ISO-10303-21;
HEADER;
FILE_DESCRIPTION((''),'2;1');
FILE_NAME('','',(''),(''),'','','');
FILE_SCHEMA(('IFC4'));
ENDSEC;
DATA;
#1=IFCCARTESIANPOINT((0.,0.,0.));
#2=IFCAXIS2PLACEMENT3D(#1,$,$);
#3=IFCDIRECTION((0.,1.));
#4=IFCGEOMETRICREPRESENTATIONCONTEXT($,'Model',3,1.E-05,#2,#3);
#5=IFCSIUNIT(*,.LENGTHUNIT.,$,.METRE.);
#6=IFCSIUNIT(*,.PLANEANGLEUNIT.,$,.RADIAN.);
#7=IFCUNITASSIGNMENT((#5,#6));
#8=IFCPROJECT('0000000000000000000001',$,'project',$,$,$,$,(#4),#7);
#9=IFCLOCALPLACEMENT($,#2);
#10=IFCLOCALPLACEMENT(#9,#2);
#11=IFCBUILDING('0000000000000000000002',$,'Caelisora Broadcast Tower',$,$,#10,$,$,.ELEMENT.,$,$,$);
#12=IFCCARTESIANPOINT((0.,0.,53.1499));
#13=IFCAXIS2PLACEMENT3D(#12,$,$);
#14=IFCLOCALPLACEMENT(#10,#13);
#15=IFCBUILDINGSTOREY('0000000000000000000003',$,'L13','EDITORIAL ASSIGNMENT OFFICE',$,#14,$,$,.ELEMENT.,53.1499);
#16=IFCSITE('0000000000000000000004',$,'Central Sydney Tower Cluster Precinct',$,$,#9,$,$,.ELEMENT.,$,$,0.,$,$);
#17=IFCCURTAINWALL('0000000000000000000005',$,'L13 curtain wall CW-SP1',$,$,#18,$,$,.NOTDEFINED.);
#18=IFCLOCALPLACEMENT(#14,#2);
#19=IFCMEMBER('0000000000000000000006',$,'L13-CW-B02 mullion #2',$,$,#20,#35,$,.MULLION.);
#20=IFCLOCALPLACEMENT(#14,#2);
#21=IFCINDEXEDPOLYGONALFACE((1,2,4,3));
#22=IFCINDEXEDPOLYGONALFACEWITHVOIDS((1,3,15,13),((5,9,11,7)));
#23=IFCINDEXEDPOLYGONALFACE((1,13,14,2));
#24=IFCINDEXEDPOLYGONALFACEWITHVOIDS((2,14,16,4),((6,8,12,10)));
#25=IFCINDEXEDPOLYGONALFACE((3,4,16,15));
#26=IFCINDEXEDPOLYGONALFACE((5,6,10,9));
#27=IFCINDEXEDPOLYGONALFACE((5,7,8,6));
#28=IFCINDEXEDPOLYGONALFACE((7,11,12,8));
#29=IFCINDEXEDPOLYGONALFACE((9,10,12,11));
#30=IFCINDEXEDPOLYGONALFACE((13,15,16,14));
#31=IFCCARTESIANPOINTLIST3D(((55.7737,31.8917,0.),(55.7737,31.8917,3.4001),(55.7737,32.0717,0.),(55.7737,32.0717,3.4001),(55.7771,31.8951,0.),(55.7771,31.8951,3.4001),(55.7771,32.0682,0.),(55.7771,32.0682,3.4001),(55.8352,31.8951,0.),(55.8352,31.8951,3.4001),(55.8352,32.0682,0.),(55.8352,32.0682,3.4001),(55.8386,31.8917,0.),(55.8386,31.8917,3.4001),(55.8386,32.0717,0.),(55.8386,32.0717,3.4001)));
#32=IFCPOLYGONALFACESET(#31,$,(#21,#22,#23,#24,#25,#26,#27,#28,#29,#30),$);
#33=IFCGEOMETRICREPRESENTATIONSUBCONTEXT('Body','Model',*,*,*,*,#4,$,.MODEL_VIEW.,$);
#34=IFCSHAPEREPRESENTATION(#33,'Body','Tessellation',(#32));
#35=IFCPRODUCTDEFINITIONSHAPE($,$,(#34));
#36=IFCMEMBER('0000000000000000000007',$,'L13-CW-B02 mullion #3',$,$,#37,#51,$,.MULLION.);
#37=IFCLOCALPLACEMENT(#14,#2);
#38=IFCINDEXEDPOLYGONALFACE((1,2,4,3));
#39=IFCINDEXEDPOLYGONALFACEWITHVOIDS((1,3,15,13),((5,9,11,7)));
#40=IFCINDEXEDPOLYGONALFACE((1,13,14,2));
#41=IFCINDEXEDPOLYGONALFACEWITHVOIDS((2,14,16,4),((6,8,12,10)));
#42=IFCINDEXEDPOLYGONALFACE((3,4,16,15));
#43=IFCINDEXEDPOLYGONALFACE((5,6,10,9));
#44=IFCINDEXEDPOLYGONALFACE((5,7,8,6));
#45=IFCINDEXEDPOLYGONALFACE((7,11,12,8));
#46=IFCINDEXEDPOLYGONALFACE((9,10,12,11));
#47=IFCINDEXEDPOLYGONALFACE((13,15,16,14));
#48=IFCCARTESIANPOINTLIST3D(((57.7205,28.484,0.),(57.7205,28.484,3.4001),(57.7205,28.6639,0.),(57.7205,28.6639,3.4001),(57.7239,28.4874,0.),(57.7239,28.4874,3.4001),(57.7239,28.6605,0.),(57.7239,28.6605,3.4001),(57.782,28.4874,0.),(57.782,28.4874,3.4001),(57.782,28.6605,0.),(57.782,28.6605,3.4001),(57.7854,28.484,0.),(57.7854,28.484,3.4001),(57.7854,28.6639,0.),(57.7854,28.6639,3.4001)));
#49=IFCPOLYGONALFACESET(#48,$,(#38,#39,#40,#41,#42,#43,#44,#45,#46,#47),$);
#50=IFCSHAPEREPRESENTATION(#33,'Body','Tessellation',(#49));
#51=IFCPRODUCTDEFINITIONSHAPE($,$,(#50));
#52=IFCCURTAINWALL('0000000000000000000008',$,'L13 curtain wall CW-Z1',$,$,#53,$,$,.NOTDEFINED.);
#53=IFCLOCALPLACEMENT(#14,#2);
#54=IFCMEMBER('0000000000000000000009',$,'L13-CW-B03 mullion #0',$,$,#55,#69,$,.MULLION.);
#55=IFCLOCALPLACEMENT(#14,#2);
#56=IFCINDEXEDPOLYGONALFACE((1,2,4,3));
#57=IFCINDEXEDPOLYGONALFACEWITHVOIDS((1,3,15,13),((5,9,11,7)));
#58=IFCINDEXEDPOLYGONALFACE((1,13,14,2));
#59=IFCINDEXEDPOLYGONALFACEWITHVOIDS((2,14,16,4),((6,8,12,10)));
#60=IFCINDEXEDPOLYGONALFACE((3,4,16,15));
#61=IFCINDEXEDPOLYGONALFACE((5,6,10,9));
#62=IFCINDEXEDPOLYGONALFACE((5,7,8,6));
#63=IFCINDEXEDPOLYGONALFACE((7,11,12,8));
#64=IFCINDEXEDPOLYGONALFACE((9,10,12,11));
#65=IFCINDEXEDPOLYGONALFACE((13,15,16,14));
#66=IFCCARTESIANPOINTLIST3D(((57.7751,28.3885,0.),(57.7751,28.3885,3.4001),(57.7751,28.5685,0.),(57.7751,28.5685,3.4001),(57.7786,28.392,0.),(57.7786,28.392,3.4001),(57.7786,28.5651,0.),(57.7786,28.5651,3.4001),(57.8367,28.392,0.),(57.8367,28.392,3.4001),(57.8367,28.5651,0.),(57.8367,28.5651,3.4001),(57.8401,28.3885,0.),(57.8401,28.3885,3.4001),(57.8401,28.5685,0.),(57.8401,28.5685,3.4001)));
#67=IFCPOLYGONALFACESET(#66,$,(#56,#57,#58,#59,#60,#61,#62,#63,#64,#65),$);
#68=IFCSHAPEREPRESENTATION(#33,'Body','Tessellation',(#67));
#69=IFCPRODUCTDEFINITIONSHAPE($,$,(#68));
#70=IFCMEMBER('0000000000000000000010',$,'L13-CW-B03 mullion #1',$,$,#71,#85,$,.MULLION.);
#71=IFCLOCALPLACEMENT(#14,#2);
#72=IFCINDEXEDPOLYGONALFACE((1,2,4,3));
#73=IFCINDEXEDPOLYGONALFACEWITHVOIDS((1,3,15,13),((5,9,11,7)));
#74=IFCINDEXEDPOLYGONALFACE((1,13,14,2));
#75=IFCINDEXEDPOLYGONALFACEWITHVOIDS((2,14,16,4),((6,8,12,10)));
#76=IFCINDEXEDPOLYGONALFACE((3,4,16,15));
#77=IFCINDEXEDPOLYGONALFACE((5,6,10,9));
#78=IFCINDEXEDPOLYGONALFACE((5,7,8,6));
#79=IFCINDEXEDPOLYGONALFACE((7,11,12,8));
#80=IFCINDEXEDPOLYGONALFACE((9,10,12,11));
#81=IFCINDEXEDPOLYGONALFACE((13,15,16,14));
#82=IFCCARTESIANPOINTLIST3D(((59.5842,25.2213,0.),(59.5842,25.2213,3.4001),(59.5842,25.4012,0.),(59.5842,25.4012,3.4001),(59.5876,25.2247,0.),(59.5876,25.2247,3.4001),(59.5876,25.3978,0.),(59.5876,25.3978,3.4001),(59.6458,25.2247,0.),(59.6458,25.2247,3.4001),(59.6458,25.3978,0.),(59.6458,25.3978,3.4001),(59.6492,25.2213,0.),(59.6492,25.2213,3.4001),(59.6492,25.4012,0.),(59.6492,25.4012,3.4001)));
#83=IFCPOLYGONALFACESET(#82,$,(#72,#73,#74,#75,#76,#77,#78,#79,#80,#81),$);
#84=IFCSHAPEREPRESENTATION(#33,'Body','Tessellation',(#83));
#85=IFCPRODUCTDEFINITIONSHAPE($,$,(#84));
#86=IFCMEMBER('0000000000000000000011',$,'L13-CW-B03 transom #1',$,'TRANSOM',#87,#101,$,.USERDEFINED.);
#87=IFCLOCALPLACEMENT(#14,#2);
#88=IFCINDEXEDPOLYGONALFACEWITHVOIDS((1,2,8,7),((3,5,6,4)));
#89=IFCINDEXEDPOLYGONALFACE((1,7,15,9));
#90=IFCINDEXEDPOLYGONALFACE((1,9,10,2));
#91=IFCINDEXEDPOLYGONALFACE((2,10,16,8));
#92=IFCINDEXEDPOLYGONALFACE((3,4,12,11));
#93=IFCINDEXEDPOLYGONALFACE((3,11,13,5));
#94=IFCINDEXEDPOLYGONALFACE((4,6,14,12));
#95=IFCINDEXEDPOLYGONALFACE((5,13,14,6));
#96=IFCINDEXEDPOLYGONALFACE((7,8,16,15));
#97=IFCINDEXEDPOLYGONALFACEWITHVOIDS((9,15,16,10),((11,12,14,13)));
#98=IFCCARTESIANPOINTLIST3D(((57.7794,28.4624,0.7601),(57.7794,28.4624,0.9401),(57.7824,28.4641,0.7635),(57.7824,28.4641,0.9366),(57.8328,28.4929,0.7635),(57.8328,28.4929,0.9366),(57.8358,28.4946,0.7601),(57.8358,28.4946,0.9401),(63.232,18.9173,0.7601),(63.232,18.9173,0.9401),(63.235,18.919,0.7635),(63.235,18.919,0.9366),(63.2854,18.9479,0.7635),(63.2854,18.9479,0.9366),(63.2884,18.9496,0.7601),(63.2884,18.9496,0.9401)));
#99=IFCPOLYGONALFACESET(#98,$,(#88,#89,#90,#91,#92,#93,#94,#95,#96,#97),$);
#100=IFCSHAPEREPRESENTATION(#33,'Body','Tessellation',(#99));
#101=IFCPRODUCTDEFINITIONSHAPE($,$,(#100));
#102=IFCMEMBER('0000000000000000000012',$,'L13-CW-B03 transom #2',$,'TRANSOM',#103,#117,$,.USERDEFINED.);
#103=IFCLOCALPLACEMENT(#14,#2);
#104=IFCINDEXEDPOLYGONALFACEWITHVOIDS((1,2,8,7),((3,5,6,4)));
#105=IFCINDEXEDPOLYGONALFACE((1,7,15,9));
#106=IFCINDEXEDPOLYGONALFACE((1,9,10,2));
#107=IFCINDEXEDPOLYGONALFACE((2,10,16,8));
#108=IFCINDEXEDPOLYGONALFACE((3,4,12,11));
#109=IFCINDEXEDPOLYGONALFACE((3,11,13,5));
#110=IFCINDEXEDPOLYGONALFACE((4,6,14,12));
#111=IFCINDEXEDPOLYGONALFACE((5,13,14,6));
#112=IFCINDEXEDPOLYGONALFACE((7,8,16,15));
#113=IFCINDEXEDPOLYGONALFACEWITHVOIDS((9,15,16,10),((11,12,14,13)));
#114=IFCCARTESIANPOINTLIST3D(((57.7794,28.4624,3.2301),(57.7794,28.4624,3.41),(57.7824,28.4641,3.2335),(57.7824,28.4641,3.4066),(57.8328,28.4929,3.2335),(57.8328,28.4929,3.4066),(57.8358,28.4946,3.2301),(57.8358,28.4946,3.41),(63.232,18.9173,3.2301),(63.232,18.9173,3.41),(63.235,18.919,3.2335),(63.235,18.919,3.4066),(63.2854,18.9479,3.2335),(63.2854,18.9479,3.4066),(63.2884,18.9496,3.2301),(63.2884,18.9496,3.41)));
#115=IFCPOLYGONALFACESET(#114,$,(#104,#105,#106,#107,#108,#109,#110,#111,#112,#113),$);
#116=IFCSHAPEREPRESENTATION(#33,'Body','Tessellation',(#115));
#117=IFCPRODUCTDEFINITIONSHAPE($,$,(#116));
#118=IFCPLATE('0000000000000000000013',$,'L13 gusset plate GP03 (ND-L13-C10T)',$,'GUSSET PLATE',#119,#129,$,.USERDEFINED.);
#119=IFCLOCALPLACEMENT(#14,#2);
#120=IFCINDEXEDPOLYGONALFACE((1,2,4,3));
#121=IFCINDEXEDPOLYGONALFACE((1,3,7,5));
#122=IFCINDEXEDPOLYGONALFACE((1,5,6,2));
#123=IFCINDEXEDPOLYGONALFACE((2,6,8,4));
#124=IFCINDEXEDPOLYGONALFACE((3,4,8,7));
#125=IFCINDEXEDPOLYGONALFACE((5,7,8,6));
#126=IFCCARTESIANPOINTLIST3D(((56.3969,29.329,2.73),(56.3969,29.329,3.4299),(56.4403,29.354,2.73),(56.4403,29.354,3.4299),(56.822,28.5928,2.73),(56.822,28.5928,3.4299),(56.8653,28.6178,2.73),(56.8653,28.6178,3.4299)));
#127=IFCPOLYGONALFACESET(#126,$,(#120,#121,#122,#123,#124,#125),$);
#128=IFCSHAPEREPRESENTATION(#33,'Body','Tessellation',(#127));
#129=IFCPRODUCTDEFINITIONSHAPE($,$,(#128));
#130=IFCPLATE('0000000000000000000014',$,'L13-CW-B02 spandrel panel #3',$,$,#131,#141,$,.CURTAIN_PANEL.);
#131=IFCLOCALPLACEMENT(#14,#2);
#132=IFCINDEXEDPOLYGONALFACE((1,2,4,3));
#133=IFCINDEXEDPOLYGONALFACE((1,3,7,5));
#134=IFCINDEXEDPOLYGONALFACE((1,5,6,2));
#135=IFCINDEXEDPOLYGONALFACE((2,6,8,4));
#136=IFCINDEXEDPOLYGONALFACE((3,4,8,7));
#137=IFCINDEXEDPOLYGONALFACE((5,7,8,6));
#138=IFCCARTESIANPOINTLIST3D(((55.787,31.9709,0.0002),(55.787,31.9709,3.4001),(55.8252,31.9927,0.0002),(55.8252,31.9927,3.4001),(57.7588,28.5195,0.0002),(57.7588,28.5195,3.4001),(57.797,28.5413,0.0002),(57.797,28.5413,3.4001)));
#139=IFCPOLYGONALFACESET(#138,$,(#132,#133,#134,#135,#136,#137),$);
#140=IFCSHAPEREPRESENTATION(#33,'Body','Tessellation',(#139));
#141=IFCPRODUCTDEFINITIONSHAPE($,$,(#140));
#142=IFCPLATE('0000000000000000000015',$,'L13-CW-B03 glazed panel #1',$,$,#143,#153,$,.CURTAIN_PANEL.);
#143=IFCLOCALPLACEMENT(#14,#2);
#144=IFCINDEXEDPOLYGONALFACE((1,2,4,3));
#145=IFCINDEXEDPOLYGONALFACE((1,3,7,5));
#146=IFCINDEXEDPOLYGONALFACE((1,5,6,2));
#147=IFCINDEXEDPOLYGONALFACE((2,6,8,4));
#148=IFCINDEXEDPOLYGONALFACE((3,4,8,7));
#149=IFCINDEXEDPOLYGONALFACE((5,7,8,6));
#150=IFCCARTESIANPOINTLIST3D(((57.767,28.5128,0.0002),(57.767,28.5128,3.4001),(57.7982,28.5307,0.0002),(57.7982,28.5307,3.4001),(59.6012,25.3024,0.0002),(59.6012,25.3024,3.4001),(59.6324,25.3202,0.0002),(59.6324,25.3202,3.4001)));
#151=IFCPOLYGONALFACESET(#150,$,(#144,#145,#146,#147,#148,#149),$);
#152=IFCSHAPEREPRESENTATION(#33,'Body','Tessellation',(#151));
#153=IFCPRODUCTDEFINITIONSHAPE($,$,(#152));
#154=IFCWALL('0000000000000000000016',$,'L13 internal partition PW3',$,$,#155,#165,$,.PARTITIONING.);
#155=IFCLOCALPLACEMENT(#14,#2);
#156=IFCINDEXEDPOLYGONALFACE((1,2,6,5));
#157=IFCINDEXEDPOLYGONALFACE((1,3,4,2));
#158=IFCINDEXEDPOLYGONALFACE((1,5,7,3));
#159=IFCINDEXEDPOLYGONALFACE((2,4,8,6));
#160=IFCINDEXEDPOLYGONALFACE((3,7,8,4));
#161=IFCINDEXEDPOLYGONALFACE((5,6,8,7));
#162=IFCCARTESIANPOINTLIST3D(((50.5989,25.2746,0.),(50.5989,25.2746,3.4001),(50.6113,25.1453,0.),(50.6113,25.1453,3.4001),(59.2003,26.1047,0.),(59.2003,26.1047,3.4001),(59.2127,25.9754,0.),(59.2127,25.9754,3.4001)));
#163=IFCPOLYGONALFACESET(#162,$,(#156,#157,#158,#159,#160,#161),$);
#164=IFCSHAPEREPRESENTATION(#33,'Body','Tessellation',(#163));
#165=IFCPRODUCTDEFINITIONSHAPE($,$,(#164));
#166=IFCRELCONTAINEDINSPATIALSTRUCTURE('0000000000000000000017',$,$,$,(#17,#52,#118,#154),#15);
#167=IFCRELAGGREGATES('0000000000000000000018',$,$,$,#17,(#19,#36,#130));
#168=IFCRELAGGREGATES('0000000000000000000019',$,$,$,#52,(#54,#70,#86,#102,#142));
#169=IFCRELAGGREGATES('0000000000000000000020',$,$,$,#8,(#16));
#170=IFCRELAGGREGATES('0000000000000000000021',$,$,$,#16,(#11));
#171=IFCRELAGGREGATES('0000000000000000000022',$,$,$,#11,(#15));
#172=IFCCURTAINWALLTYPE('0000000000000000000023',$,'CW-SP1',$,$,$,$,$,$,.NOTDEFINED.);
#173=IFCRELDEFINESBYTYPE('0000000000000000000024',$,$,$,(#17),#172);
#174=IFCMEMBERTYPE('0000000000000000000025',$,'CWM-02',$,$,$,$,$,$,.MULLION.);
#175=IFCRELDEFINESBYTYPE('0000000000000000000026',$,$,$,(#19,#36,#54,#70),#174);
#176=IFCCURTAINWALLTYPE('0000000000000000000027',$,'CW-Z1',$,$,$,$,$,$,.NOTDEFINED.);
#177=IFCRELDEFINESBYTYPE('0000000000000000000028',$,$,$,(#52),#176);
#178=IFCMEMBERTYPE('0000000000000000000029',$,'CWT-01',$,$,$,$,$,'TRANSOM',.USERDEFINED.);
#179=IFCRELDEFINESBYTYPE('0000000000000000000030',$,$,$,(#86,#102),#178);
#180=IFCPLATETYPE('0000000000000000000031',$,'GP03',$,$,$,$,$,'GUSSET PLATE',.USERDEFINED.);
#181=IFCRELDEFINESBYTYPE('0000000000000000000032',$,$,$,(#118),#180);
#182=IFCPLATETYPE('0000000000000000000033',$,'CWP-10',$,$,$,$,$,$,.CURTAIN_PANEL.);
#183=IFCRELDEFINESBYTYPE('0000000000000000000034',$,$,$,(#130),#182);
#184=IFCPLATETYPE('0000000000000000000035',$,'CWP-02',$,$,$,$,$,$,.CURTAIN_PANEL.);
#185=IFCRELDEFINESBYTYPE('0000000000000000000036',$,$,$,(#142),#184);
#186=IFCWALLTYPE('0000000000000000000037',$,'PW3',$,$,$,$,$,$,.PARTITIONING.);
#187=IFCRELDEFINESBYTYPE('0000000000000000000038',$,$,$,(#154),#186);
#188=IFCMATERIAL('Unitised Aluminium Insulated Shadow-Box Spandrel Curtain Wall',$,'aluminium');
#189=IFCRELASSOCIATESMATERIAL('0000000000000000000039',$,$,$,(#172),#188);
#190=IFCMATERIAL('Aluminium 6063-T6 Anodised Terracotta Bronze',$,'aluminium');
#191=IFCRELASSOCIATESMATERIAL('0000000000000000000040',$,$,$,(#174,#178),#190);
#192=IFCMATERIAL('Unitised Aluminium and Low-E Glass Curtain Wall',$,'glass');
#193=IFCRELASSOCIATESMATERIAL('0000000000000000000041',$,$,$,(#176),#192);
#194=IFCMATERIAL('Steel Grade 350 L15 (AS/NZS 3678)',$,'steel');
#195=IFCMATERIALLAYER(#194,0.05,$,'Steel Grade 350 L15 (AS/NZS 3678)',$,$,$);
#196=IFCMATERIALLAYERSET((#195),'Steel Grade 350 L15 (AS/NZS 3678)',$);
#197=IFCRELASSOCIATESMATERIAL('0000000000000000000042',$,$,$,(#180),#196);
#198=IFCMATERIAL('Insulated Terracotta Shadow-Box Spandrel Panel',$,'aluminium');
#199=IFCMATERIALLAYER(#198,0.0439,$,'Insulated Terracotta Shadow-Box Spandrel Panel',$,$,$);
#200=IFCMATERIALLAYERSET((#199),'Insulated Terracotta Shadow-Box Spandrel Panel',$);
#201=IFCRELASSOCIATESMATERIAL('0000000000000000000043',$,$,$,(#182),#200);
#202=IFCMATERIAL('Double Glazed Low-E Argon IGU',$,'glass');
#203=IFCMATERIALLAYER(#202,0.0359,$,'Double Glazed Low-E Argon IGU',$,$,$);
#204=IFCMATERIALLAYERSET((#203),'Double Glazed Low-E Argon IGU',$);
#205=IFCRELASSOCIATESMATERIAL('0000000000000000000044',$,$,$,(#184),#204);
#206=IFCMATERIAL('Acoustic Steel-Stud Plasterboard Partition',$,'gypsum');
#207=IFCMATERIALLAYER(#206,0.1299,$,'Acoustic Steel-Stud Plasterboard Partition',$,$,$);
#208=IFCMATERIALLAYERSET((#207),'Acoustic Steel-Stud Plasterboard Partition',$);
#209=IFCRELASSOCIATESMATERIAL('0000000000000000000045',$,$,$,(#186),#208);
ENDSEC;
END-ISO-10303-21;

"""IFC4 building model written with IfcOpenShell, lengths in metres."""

from ifc_helpers import new_model, si_unit, direction, frame, frame_2d, origin, origin_2d, place, context, subcontext, project, spatial, rectangle, hollow_rectangle, extrude, source, transform, mapped, material, layer, layer_set, material_profile, profile_set, type_object, type_shapes, element, aggregate, save


model = new_model("IFC4")

# Units and contexts
model_context = context("Model", 3, precision=1e-05, world=origin(), true_north=direction((0.0, 1.0)))
body_context = subcontext(model_context, "Body", "Model", "MODEL_VIEW")
ifc_project = project(units=[si_unit("LENGTHUNIT", "METRE"), si_unit("PLANEANGLEUNIT", "RADIAN")], contexts=[model_context])

# Site, building, storey
site_placement = place(None, origin())
site = spatial("IfcSite", under=ifc_project, at=site_placement, Name="Central Sydney Tower Cluster Precinct", CompositionType="ELEMENT", RefElevation=0.0)
building_placement = place(site_placement, origin())
building = spatial("IfcBuilding", under=site, at=building_placement, Name="Caelisora Broadcast Tower", CompositionType="ELEMENT")
storey_placement = place(building_placement, frame((0.0, 0.0, 53.1499)))
storey = spatial("IfcBuildingStorey", under=building, at=storey_placement, Name="L13", Description="EDITORIAL ASSIGNMENT OFFICE", CompositionType="ELEMENT", Elevation=53.1499)

# Shared definitions
ifc_material_1 = material(Name="Steel Grade 350 L15 (AS/NZS 3678)", Category="steel")

# Curtain walls, members
ifc_material_2 = material(Name="Unitised Aluminium Insulated Shadow-Box Spandrel Curtain Wall", Category="aluminium")
curtain_wall_type_1 = type_object("IfcCurtainWallType", Name="CW-SP1", PredefinedType="NOTDEFINED", material=ifc_material_2)
curtain_wall_1_placement = place(storey_placement, origin())
curtain_wall_1 = element("IfcCurtainWall", 1, at=curtain_wall_1_placement, inside=storey, type_object=curtain_wall_type_1, Name="L13 curtain wall CW-SP1", PredefinedType="NOTDEFINED")
ifc_material_3 = material(Name="Aluminium 6063-T6 Anodised Terracotta Bronze", Category="aluminium")
ifc_material_profile_1 = material_profile(ifc_material_3, hollow_rectangle(XDim=0.0649, YDim=0.1799, WallThickness=0.0034, at=origin_2d()), Name="Aluminium 6063-T6 Anodised Terracotta Bronze")
ifc_profile_set_1 = profile_set([ifc_material_profile_1], Name="Aluminium 6063-T6 Anodised Terracotta Bronze")
member_type_1 = type_object("IfcMemberType", Name="CWM-02", PredefinedType="MULLION", material=ifc_profile_set_1)
shared_shape_1 = source(origin(), body_context, "Body", "SweptSolid", [
    extrude(hollow_rectangle(XDim=0.0649, YDim=0.1799, WallThickness=0.0034, at=origin_2d()), origin(), (0.0, 0.0, 1.0), 3.4001),
])
type_shapes(member_type_1, [shared_shape_1])
member_1_placement = place(storey_placement, frame((55.8062, 31.9817, 0.0), z_axis=(0.0, 0.0, 1.0), x_axis=(1.0, 0.0, 0.0)))
member_1 = element("IfcMember", 2, at=member_1_placement, type_object=member_type_1, Name="L13-CW-B02 mullion #2", PredefinedType="MULLION", context=body_context, shape_type="MappedRepresentation", body=[
    mapped(shared_shape_1, transform((0.0, 0.0, 0.0), scale=1.0)),
])
member_2_placement = place(storey_placement, frame((57.7529, 28.574, 0.0), z_axis=(0.0, 0.0, 1.0), x_axis=(1.0, 0.0, 0.0)))
member_2 = element("IfcMember", 3, at=member_2_placement, type_object=member_type_1, Name="L13-CW-B02 mullion #3", PredefinedType="MULLION", context=body_context, shape_type="MappedRepresentation", body=[
    mapped(shared_shape_1, transform((0.0, 0.0, 0.0), scale=1.0)),
])
ifc_material_4 = material(Name="Unitised Aluminium and Low-E Glass Curtain Wall", Category="glass")
curtain_wall_type_2 = type_object("IfcCurtainWallType", Name="CW-Z1", PredefinedType="NOTDEFINED", material=ifc_material_4)
curtain_wall_2_placement = place(storey_placement, origin())
curtain_wall_2 = element("IfcCurtainWall", 4, at=curtain_wall_2_placement, inside=storey, type_object=curtain_wall_type_2, Name="L13 curtain wall CW-Z1", PredefinedType="NOTDEFINED")
member_3_placement = place(storey_placement, frame((57.8076, 28.4785, 0.0), z_axis=(0.0, 0.0, 1.0), x_axis=(1.0, 0.0, 0.0)))
member_3 = element("IfcMember", 5, at=member_3_placement, type_object=member_type_1, Name="L13-CW-B03 mullion #0", PredefinedType="MULLION", context=body_context, shape_type="MappedRepresentation", body=[
    mapped(shared_shape_1, transform((0.0, 0.0, 0.0), scale=1.0)),
])
member_4_placement = place(storey_placement, frame((59.6167, 25.3113, 0.0), z_axis=(0.0, 0.0, 1.0), x_axis=(1.0, 0.0, 0.0)))
member_4 = element("IfcMember", 6, at=member_4_placement, type_object=member_type_1, Name="L13-CW-B03 mullion #1", PredefinedType="MULLION", context=body_context, shape_type="MappedRepresentation", body=[
    mapped(shared_shape_1, transform((0.0, 0.0, 0.0), scale=1.0)),
])
ifc_material_profile_2 = material_profile(ifc_material_3, hollow_rectangle(XDim=0.0649, YDim=0.1799, WallThickness=0.0034, at=origin_2d()), Name="Aluminium 6063-T6 Anodised Terracotta Bronze")
ifc_profile_set_2 = profile_set([ifc_material_profile_2], Name="Aluminium 6063-T6 Anodised Terracotta Bronze")
member_type_2 = type_object("IfcMemberType", Name="CWT-01", ElementType="TRANSOM", PredefinedType="USERDEFINED", material=ifc_profile_set_2)
shared_shape_2 = source(origin(), body_context, "Body", "SweptSolid", [
    extrude(hollow_rectangle(XDim=0.0649, YDim=0.1799, WallThickness=0.0034, at=origin_2d()), origin(), (0.0, 0.0, 1.0), 10.9927),
])
type_shapes(member_type_2, [shared_shape_2])
member_5_placement = place(storey_placement, frame((57.8076, 28.4785, 0.8501), z_axis=(0.496019, -0.868311, 0.0), x_axis=(0.868311, 0.496019, 0.0)))
member_5 = element("IfcMember", 7, at=member_5_placement, type_object=member_type_2, Name="L13-CW-B03 transom #1", ObjectType="TRANSOM", PredefinedType="USERDEFINED", context=body_context, shape_type="MappedRepresentation", body=[
    mapped(shared_shape_2, transform((0.0, 0.0, 0.0), scale=1.0)),
])
member_6_placement = place(storey_placement, frame((57.8076, 28.4785, 3.3201), z_axis=(0.496019, -0.868311, 0.0), x_axis=(0.868311, 0.496019, 0.0)))
member_6 = element("IfcMember", 8, at=member_6_placement, type_object=member_type_2, Name="L13-CW-B03 transom #2", ObjectType="TRANSOM", PredefinedType="USERDEFINED", context=body_context, shape_type="MappedRepresentation", body=[
    mapped(shared_shape_2, transform((0.0, 0.0, 0.0), scale=1.0)),
])

# Plates
ifc_layer_1 = layer(ifc_material_1, 0.05, Name="Steel Grade 350 L15 (AS/NZS 3678)")
ifc_layer_set_1 = layer_set([ifc_layer_1], Name="Steel Grade 350 L15 (AS/NZS 3678)")
plate_type_1 = type_object("IfcPlateType", Name="GP03", ElementType="GUSSET PLATE", PredefinedType="USERDEFINED", material=ifc_layer_set_1)
shared_shape_3 = source(origin(), body_context, "Body", "SweptSolid", [
    extrude(rectangle(XDim=0.8501, YDim=0.05, at=origin_2d()), origin(), (0.0, 0.0, 1.0), 0.7),
])
type_shapes(plate_type_1, [shared_shape_3])
plate_1_placement = place(storey_placement, frame((56.6311, 28.9734, 2.73), z_axis=(0.0, 0.0, 1.0), x_axis=(-0.5, 0.866025, 0.0)))
element("IfcPlate", 9, at=plate_1_placement, inside=storey, type_object=plate_type_1, Name="L13 gusset plate GP03 (ND-L13-C10T)", ObjectType="GUSSET PLATE", PredefinedType="USERDEFINED", context=body_context, shape_type="MappedRepresentation", body=[
    mapped(shared_shape_3, transform((0.0, 0.0, 0.0), scale=1.0)),
])
ifc_material_5 = material(Name="Insulated Terracotta Shadow-Box Spandrel Panel", Category="aluminium")
ifc_layer_2 = layer(ifc_material_5, 0.0439, Name="Insulated Terracotta Shadow-Box Spandrel Panel")
ifc_layer_set_2 = layer_set([ifc_layer_2], Name="Insulated Terracotta Shadow-Box Spandrel Panel")
plate_type_2 = type_object("IfcPlateType", Name="CWP-10", PredefinedType="CURTAIN_PANEL", material=ifc_layer_set_2)
shared_shape_4 = source(origin(), body_context, "Body", "SweptSolid", [
    extrude(rectangle(XDim=3.9749, YDim=0.0439, at=origin_2d()), origin(), (0.0, 0.0, 1.0), 3.3999),
])
type_shapes(plate_type_2, [shared_shape_4])
plate_2_placement = place(storey_placement, frame((56.792, 30.2561, 0.0002), z_axis=(0.0, 0.0, 1.0), x_axis=(0.496065, -0.868285, 0.0)))
plate_2 = element("IfcPlate", 10, at=plate_2_placement, type_object=plate_type_2, Name="L13-CW-B02 spandrel panel #3", PredefinedType="CURTAIN_PANEL", context=body_context, shape_type="MappedRepresentation", body=[
    mapped(shared_shape_4, transform((0.0, 0.0, 0.0), scale=1.0)),
])
aggregate(curtain_wall_1, [member_1, member_2, plate_2])
ifc_material_6 = material(Name="Double Glazed Low-E Argon IGU", Category="glass")
ifc_layer_3 = layer(ifc_material_6, 0.0359, Name="Double Glazed Low-E Argon IGU")
ifc_layer_set_3 = layer_set([ifc_layer_3], Name="Double Glazed Low-E Argon IGU")
plate_type_3 = type_object("IfcPlateType", Name="CWP-02", PredefinedType="CURTAIN_PANEL", material=ifc_layer_set_3)
shared_shape_5 = source(origin(), body_context, "Body", "SweptSolid", [
    extrude(rectangle(XDim=3.6975, YDim=0.0359, at=origin_2d()), origin(), (0.0, 0.0, 1.0), 3.3999),
])
type_shapes(plate_type_3, [shared_shape_5])
plate_3_placement = place(storey_placement, frame((58.6997, 26.9165, 0.0002), z_axis=(0.0, 0.0, 1.0), x_axis=(0.496065, -0.868285, 0.0)))
plate_3 = element("IfcPlate", 11, at=plate_3_placement, type_object=plate_type_3, Name="L13-CW-B03 glazed panel #1", PredefinedType="CURTAIN_PANEL", context=body_context, shape_type="MappedRepresentation", body=[
    mapped(shared_shape_5, transform((0.0, 0.0, 0.0), scale=1.0)),
])
aggregate(curtain_wall_2, [member_3, member_4, member_5, member_6, plate_3])

# Wall
ifc_material_7 = material(Name="Acoustic Steel-Stud Plasterboard Partition", Category="gypsum")
ifc_layer_4 = layer(ifc_material_7, 0.1299, Name="Acoustic Steel-Stud Plasterboard Partition")
ifc_layer_set_4 = layer_set([ifc_layer_4], Name="Acoustic Steel-Stud Plasterboard Partition")
wall_type = type_object("IfcWallType", Name="PW3", PredefinedType="PARTITIONING", material=ifc_layer_set_4)
wall_1_placement = place(storey_placement, frame((50.605, 25.21, 0.0), z_axis=(0.0, 0.0, 1.0), x_axis=(0.995376, 0.09606, 0.0)))
element("IfcWall", 12, at=wall_1_placement, inside=storey, type_object=wall_type, Name="L13 internal partition PW3", PredefinedType="PARTITIONING", context=body_context, shape_type="SweptSolid", body=[
    extrude(rectangle(XDim=8.6414, YDim=0.1299, at=frame_2d((4.3208, 0.0))), origin(), (0.0, 0.0, 1.0), 3.4001),
])

save(model, "model.ifc")
